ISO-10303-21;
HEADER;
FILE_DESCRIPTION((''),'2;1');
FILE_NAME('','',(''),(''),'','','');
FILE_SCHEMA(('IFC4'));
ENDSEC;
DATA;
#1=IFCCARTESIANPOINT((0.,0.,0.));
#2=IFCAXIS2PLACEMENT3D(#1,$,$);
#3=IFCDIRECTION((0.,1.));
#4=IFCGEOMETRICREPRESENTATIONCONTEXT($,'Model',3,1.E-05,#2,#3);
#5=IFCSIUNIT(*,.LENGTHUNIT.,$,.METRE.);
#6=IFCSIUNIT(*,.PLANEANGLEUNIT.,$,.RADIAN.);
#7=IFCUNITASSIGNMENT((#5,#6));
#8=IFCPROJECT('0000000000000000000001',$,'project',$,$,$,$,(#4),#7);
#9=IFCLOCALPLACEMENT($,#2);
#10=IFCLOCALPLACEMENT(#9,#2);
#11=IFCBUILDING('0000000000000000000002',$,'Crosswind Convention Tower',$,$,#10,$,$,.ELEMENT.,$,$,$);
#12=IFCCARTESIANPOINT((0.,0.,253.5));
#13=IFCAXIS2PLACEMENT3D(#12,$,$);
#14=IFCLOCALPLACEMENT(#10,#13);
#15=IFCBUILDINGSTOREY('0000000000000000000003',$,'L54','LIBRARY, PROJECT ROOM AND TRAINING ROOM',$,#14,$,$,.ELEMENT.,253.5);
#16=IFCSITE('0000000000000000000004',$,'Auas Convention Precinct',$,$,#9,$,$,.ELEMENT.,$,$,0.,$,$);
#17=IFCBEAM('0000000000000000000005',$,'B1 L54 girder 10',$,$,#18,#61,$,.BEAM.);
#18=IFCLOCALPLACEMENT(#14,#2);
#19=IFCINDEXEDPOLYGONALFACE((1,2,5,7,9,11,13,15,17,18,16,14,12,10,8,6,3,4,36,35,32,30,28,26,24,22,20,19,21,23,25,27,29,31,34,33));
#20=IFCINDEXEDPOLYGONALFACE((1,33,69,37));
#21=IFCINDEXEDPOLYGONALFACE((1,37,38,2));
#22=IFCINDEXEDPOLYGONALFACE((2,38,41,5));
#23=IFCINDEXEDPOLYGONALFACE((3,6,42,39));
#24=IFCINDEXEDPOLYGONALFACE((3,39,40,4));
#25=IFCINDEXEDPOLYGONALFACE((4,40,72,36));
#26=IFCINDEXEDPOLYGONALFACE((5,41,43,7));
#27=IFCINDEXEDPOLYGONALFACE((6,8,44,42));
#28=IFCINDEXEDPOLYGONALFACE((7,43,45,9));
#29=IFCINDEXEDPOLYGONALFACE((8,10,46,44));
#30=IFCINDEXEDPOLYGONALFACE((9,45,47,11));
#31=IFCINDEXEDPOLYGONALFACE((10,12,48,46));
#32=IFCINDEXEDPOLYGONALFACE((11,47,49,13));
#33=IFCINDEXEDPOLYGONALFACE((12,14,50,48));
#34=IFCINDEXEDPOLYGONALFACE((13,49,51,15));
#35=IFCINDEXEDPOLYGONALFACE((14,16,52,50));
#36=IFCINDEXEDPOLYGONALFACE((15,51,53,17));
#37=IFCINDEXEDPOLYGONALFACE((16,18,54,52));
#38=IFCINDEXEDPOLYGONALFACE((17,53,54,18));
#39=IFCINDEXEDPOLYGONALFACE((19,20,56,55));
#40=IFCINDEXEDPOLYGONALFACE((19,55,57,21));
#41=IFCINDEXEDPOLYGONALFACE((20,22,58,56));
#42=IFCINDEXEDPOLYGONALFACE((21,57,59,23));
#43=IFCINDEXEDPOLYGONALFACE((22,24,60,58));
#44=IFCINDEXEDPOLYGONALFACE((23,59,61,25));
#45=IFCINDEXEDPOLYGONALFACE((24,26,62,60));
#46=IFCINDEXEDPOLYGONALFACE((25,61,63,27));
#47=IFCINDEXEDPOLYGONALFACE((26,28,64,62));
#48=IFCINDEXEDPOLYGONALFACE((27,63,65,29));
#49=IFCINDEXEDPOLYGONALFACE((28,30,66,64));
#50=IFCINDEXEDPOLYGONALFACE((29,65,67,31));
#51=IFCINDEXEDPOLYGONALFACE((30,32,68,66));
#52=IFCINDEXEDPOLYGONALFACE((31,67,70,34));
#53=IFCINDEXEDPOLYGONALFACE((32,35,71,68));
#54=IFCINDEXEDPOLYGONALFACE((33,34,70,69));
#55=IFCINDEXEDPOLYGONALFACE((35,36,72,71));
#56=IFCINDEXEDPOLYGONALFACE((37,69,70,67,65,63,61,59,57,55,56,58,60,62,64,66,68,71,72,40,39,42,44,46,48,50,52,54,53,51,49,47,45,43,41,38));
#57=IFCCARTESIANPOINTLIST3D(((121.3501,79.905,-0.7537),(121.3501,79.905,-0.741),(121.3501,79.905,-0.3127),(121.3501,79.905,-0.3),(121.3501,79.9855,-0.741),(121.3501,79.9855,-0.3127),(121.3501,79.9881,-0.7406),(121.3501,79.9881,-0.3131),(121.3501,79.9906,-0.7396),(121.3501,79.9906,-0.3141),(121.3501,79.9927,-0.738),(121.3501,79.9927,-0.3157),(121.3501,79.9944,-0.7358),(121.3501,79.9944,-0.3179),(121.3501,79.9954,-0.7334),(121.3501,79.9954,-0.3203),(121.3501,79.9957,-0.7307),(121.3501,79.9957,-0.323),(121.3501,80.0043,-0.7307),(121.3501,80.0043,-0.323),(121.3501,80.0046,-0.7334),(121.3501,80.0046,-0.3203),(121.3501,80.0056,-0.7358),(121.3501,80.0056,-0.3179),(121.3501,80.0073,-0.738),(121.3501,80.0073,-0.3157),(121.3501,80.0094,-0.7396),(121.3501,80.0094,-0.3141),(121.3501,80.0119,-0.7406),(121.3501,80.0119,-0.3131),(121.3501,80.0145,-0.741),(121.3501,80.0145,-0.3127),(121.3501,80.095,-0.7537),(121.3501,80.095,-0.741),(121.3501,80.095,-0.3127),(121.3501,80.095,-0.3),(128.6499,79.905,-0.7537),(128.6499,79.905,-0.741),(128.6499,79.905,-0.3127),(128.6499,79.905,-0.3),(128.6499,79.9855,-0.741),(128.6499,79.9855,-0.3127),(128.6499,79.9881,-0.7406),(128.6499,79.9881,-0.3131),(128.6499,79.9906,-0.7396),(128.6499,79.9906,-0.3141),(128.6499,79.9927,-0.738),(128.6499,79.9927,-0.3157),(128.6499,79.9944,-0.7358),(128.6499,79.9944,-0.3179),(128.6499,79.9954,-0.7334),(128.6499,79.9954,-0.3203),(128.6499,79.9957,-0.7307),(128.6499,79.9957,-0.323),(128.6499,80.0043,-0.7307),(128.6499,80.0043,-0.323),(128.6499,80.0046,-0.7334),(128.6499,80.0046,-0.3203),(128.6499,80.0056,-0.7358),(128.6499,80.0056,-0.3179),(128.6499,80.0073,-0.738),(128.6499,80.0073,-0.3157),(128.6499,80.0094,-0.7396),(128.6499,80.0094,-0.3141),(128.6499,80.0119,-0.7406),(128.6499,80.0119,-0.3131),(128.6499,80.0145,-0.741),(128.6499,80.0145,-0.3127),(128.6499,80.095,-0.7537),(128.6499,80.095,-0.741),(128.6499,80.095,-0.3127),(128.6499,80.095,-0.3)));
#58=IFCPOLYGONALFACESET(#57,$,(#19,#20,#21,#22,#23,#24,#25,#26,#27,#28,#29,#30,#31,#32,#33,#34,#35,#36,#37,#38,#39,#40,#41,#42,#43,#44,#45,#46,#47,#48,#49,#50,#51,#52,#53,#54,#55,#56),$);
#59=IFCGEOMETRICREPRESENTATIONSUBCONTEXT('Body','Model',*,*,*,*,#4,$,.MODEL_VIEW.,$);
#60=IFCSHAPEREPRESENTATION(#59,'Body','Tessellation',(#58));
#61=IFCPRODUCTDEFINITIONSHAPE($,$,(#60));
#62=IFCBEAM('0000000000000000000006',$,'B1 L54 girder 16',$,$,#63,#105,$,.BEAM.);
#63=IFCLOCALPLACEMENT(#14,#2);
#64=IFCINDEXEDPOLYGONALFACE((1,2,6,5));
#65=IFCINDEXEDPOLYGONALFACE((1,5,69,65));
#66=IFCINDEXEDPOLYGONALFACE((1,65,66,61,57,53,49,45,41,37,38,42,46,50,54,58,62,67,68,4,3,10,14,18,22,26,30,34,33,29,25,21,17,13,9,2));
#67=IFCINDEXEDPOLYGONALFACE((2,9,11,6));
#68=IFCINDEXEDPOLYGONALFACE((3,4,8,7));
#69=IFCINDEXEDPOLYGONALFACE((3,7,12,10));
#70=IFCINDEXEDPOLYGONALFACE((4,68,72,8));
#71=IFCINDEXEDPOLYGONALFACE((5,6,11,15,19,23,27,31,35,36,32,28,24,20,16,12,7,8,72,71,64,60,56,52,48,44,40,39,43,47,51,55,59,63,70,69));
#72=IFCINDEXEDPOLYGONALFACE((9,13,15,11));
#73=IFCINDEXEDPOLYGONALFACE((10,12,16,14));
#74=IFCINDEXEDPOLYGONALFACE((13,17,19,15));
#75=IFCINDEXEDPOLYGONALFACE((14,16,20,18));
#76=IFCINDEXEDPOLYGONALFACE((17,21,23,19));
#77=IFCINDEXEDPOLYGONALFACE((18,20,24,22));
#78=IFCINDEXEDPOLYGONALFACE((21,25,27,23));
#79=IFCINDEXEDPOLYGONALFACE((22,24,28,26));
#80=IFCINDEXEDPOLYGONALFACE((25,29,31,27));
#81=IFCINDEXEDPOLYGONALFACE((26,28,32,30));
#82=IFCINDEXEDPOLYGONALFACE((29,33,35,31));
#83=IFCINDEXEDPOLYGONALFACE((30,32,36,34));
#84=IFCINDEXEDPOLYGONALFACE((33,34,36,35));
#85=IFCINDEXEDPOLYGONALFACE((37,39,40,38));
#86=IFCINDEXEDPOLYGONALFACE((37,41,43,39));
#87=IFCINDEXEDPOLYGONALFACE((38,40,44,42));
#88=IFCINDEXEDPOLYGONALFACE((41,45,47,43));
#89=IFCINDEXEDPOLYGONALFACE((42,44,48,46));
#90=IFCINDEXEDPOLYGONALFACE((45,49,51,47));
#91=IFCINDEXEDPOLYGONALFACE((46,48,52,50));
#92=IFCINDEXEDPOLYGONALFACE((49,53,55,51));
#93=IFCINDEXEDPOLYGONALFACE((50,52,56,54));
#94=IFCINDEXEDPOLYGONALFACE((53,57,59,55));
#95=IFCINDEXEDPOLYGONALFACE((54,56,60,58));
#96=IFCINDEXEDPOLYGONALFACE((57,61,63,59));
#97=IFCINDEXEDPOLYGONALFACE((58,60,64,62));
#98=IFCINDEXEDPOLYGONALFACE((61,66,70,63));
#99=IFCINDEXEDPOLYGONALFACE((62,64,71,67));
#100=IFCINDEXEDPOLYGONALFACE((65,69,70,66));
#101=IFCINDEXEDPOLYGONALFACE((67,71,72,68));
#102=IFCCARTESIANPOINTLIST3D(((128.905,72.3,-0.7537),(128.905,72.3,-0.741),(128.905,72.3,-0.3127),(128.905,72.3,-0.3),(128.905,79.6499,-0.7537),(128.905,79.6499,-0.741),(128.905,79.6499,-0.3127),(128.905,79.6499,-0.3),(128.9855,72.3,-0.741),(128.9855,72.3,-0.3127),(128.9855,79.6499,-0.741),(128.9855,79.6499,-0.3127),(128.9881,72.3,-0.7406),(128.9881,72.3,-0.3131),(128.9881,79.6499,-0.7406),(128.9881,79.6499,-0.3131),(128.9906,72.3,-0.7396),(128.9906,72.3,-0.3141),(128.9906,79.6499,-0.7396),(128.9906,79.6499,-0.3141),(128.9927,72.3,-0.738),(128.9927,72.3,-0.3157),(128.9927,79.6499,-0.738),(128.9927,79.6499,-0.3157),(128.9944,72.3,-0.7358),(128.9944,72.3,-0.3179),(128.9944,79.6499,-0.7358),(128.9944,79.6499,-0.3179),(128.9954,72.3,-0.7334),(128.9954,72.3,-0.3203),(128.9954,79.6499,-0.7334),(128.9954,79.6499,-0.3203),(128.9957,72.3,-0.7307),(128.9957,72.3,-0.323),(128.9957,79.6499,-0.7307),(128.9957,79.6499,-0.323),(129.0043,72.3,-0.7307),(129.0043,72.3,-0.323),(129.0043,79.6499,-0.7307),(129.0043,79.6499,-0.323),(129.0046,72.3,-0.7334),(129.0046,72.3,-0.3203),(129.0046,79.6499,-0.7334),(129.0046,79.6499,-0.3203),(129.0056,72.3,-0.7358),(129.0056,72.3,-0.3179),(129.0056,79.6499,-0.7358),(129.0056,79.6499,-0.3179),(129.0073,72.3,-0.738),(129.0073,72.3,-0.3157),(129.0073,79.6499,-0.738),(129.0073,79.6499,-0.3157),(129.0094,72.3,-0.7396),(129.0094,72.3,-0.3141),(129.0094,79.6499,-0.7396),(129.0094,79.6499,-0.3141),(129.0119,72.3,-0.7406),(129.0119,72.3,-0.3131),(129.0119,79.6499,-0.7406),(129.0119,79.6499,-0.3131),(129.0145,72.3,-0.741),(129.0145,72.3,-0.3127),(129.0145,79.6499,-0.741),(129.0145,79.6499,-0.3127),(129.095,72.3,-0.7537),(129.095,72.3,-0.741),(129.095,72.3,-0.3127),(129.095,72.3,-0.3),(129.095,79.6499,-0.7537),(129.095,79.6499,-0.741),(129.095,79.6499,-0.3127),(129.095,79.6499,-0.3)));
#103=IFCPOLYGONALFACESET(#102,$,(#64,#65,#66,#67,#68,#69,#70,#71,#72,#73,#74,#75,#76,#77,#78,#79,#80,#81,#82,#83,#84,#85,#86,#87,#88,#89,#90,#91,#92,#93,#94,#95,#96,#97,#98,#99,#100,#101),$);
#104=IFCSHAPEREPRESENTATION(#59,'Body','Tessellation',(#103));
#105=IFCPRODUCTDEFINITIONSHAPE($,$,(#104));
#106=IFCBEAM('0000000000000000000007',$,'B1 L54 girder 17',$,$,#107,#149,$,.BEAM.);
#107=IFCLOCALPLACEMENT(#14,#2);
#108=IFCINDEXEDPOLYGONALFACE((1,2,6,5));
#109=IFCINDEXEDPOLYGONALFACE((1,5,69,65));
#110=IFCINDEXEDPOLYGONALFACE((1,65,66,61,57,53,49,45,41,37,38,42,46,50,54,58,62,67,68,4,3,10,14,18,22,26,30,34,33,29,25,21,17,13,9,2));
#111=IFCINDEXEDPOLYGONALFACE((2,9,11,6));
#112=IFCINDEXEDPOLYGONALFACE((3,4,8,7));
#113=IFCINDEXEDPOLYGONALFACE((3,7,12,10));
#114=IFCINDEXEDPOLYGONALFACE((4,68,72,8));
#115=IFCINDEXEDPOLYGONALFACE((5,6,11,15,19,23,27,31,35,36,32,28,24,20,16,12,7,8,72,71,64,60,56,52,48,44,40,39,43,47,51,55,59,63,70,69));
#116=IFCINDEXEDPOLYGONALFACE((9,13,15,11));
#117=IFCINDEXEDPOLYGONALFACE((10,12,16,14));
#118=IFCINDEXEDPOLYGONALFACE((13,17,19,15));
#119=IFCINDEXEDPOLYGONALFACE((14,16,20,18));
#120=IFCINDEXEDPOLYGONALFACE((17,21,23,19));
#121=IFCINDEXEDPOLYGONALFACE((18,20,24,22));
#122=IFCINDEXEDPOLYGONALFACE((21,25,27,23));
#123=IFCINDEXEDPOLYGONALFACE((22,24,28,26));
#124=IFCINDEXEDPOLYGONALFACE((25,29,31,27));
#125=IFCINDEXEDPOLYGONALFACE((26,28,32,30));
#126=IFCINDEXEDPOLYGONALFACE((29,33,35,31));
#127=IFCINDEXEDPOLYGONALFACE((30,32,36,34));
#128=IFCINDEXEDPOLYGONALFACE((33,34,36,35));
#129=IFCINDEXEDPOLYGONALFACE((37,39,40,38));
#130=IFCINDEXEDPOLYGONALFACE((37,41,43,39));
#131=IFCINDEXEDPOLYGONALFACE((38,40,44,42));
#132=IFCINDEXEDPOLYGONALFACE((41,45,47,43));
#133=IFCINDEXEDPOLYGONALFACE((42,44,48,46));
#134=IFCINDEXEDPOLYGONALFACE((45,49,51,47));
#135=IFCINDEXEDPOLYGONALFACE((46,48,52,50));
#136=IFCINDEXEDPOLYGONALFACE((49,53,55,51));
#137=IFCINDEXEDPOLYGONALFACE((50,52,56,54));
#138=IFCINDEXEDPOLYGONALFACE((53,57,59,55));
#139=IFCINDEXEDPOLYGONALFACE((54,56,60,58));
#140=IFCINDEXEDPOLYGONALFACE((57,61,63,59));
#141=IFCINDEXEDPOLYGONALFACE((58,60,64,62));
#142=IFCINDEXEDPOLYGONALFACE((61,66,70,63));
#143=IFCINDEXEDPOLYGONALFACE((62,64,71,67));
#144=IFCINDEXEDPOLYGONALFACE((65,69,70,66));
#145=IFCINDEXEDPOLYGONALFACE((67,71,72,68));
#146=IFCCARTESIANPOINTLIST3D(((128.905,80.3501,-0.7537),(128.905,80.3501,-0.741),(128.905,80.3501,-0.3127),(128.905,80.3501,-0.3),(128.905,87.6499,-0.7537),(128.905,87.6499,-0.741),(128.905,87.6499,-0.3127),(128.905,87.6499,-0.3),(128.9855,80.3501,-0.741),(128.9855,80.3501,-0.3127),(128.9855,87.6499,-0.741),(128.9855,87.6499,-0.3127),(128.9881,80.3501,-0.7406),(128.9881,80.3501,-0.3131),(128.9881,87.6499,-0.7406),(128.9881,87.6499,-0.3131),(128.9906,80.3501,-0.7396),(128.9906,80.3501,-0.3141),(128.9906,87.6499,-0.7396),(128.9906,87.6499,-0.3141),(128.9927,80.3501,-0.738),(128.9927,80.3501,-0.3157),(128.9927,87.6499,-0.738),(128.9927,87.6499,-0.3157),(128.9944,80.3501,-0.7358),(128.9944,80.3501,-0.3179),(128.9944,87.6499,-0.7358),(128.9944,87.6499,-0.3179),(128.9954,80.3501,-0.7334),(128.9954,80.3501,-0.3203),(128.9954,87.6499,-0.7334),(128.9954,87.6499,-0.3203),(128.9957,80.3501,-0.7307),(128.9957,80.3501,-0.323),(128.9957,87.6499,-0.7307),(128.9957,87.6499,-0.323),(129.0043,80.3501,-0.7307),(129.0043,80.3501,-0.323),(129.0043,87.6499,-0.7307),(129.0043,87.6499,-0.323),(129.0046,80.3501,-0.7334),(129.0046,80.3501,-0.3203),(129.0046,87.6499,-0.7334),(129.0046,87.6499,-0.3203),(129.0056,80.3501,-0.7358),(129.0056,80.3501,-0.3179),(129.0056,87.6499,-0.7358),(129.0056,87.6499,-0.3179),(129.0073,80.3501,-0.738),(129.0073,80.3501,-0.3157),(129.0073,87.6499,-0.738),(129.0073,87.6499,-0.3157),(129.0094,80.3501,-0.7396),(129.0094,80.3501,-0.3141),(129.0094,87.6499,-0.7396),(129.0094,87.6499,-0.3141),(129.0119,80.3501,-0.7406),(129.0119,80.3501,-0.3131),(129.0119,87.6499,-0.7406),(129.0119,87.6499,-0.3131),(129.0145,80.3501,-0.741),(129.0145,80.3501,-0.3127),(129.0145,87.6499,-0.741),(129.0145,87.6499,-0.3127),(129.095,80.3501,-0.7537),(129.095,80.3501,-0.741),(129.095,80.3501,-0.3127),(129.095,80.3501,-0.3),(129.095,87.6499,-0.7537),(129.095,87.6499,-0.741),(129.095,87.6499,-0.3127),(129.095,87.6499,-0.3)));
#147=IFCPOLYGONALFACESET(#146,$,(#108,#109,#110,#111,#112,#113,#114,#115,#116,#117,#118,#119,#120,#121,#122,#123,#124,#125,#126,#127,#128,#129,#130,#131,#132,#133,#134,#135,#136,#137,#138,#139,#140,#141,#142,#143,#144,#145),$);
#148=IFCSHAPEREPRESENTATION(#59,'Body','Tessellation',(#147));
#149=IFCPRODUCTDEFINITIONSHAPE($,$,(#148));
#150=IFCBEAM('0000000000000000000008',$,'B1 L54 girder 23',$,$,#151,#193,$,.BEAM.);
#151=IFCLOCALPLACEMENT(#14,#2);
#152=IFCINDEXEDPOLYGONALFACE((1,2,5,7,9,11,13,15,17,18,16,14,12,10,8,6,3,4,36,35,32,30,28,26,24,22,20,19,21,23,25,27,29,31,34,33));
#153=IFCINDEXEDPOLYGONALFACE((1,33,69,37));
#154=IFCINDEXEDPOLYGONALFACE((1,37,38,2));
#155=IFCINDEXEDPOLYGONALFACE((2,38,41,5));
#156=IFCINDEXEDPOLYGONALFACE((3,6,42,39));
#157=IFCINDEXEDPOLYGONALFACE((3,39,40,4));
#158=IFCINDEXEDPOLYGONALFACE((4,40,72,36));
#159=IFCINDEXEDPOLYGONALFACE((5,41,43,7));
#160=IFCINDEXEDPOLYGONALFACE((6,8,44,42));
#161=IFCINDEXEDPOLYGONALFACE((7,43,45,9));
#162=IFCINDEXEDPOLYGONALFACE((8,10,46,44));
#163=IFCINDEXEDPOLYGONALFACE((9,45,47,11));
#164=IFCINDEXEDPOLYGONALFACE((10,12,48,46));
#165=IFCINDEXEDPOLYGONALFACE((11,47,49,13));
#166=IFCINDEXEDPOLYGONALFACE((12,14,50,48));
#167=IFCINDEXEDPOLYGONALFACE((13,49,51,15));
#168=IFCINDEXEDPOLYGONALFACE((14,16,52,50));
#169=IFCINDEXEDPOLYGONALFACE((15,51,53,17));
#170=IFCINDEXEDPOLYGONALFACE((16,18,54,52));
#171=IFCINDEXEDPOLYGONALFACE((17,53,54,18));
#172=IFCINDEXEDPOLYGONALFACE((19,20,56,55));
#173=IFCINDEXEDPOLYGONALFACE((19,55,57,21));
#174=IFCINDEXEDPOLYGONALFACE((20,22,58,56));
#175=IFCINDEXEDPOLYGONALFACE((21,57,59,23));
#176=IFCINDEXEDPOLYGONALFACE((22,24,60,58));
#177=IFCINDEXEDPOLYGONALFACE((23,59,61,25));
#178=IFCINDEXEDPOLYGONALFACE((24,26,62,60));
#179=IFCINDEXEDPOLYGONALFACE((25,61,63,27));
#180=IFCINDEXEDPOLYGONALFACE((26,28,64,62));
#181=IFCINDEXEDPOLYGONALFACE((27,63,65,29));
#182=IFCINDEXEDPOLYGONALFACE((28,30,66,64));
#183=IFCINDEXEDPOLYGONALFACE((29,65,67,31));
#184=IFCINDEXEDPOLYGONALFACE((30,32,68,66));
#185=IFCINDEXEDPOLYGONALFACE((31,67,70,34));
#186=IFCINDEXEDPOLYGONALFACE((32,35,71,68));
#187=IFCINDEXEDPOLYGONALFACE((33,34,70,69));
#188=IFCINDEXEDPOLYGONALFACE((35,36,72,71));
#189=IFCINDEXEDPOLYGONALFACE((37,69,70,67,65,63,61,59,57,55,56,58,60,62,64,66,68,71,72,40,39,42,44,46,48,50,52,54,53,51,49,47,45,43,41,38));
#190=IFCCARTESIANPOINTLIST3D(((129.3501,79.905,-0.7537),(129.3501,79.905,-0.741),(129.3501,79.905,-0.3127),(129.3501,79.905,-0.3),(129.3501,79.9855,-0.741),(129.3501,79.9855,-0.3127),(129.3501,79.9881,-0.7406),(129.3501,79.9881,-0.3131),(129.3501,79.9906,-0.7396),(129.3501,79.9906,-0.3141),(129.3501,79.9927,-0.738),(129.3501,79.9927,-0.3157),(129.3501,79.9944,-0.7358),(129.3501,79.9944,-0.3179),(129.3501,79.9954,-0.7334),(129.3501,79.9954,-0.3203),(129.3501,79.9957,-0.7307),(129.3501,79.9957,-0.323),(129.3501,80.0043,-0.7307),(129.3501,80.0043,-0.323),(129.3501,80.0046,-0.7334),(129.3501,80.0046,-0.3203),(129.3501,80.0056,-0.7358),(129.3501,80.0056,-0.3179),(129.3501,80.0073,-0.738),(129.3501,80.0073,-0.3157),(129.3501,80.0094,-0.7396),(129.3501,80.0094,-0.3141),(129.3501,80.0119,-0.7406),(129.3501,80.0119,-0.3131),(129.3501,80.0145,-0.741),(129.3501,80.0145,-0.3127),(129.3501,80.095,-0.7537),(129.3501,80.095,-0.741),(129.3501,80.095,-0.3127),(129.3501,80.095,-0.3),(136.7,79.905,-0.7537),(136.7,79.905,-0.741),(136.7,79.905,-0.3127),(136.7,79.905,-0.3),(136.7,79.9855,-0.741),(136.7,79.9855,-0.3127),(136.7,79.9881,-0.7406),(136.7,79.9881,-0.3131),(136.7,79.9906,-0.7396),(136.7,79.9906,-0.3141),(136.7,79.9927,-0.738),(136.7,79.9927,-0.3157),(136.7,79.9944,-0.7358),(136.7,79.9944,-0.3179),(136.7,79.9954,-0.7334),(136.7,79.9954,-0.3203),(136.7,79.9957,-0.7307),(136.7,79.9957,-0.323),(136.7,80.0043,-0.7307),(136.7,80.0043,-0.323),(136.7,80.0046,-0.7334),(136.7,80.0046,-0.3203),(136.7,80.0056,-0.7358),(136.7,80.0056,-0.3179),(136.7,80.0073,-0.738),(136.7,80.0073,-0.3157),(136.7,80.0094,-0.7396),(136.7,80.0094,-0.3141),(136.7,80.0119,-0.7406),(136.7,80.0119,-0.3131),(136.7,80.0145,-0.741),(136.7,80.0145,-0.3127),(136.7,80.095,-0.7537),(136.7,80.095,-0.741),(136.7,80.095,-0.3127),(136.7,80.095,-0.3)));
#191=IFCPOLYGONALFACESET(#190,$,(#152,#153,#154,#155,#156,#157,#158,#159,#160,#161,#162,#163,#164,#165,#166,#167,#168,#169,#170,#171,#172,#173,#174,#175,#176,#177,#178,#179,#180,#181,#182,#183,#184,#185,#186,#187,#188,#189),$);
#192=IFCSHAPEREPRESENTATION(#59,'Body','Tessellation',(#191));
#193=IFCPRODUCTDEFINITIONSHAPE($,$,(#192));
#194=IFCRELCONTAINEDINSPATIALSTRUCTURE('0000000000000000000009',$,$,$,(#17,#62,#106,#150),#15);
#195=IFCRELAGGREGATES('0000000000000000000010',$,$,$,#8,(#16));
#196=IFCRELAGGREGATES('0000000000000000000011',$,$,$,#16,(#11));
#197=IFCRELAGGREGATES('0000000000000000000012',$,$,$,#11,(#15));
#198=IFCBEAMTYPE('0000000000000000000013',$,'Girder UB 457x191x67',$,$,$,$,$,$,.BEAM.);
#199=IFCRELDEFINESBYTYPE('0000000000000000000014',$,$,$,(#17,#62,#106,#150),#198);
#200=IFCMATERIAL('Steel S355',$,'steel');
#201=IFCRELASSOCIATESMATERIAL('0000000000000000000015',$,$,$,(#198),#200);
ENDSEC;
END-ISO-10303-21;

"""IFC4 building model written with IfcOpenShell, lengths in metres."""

from ifc_helpers import new_model, si_unit, direction, frame, origin, origin_2d, place, context, subcontext, project, spatial, i_section, extrude, material, material_profile, profile_set, type_object, element, save


model = new_model("IFC4")

# Units and contexts
model_context = context("Model", 3, precision=1e-05, world=origin(), true_north=direction((0.0, 1.0)))
body_context = subcontext(model_context, "Body", "Model", "MODEL_VIEW")
ifc_project = project(units=[si_unit("LENGTHUNIT", "METRE"), si_unit("PLANEANGLEUNIT", "RADIAN")], contexts=[model_context])

# Site, building, storey
site_placement = place(None, origin())
site = spatial("IfcSite", under=ifc_project, at=site_placement, Name="Auas Convention Precinct", CompositionType="ELEMENT", RefElevation=0.0)
building_placement = place(site_placement, origin())
building = spatial("IfcBuilding", under=site, at=building_placement, Name="Crosswind Convention Tower", CompositionType="ELEMENT")
storey_placement = place(building_placement, frame((0.0, 0.0, 253.5)))
storey = spatial("IfcBuildingStorey", under=building, at=storey_placement, Name="L54", Description="LIBRARY, PROJECT ROOM AND TRAINING ROOM", CompositionType="ELEMENT", Elevation=253.5)

# Beams
ifc_material_1 = material(Name="Steel S355", Category="steel")
ifc_material_profile_1 = material_profile(ifc_material_1, i_section(OverallWidth=0.1899, OverallDepth=0.4536, WebThickness=0.0085, FlangeThickness=0.0127, FilletRadius=0.0103, at=origin_2d()), Name="UB 457x191x67")
ifc_profile_set_1 = profile_set([ifc_material_profile_1], Name="Steel S355")
beam_type_1 = type_object("IfcBeamType", Name="Girder UB 457x191x67", PredefinedType="BEAM", material=ifc_profile_set_1)
beam_1_placement = place(storey_placement, frame((121.3501, 80.0, -0.5269), z_axis=(1.0, 0.0, 0.0), x_axis=(0.0, 1.0, 0.0)))
element("IfcBeam", 1, at=beam_1_placement, inside=storey, type_object=beam_type_1, Name="B1 L54 girder 10", PredefinedType="BEAM", context=body_context, shape_type="SweptSolid", body=[
    extrude(i_section(OverallWidth=0.1899, OverallDepth=0.4536, WebThickness=0.0085, FlangeThickness=0.0127, FilletRadius=0.0103, at=origin_2d()), origin(), (0.0, 0.0, 1.0), 7.2998),
])
beam_2_placement = place(storey_placement, frame((129.0, 72.3, -0.5269), z_axis=(0.0, 1.0, 0.0), x_axis=(-1.0, 0.0, 0.0)))
element("IfcBeam", 2, at=beam_2_placement, inside=storey, type_object=beam_type_1, Name="B1 L54 girder 16", PredefinedType="BEAM", context=body_context, shape_type="SweptSolid", body=[
    extrude(i_section(OverallWidth=0.1899, OverallDepth=0.4536, WebThickness=0.0085, FlangeThickness=0.0127, FilletRadius=0.0103, at=origin_2d()), origin(), (0.0, 0.0, 1.0), 7.3499),
])
beam_3_placement = place(storey_placement, frame((129.0, 80.3501, -0.5269), z_axis=(0.0, 1.0, 0.0), x_axis=(-1.0, 0.0, 0.0)))
element("IfcBeam", 3, at=beam_3_placement, inside=storey, type_object=beam_type_1, Name="B1 L54 girder 17", PredefinedType="BEAM", context=body_context, shape_type="SweptSolid", body=[
    extrude(i_section(OverallWidth=0.1899, OverallDepth=0.4536, WebThickness=0.0085, FlangeThickness=0.0127, FilletRadius=0.0103, at=origin_2d()), origin(), (0.0, 0.0, 1.0), 7.2998),
])
beam_4_placement = place(storey_placement, frame((129.3501, 80.0, -0.5269), z_axis=(1.0, 0.0, 0.0), x_axis=(0.0, 1.0, 0.0)))
element("IfcBeam", 4, at=beam_4_placement, inside=storey, type_object=beam_type_1, Name="B1 L54 girder 23", PredefinedType="BEAM", context=body_context, shape_type="SweptSolid", body=[
    extrude(i_section(OverallWidth=0.1899, OverallDepth=0.4536, WebThickness=0.0085, FlangeThickness=0.0127, FilletRadius=0.0103, at=origin_2d()), origin(), (0.0, 0.0, 1.0), 7.3499),
])

save(model, "model.ifc")
